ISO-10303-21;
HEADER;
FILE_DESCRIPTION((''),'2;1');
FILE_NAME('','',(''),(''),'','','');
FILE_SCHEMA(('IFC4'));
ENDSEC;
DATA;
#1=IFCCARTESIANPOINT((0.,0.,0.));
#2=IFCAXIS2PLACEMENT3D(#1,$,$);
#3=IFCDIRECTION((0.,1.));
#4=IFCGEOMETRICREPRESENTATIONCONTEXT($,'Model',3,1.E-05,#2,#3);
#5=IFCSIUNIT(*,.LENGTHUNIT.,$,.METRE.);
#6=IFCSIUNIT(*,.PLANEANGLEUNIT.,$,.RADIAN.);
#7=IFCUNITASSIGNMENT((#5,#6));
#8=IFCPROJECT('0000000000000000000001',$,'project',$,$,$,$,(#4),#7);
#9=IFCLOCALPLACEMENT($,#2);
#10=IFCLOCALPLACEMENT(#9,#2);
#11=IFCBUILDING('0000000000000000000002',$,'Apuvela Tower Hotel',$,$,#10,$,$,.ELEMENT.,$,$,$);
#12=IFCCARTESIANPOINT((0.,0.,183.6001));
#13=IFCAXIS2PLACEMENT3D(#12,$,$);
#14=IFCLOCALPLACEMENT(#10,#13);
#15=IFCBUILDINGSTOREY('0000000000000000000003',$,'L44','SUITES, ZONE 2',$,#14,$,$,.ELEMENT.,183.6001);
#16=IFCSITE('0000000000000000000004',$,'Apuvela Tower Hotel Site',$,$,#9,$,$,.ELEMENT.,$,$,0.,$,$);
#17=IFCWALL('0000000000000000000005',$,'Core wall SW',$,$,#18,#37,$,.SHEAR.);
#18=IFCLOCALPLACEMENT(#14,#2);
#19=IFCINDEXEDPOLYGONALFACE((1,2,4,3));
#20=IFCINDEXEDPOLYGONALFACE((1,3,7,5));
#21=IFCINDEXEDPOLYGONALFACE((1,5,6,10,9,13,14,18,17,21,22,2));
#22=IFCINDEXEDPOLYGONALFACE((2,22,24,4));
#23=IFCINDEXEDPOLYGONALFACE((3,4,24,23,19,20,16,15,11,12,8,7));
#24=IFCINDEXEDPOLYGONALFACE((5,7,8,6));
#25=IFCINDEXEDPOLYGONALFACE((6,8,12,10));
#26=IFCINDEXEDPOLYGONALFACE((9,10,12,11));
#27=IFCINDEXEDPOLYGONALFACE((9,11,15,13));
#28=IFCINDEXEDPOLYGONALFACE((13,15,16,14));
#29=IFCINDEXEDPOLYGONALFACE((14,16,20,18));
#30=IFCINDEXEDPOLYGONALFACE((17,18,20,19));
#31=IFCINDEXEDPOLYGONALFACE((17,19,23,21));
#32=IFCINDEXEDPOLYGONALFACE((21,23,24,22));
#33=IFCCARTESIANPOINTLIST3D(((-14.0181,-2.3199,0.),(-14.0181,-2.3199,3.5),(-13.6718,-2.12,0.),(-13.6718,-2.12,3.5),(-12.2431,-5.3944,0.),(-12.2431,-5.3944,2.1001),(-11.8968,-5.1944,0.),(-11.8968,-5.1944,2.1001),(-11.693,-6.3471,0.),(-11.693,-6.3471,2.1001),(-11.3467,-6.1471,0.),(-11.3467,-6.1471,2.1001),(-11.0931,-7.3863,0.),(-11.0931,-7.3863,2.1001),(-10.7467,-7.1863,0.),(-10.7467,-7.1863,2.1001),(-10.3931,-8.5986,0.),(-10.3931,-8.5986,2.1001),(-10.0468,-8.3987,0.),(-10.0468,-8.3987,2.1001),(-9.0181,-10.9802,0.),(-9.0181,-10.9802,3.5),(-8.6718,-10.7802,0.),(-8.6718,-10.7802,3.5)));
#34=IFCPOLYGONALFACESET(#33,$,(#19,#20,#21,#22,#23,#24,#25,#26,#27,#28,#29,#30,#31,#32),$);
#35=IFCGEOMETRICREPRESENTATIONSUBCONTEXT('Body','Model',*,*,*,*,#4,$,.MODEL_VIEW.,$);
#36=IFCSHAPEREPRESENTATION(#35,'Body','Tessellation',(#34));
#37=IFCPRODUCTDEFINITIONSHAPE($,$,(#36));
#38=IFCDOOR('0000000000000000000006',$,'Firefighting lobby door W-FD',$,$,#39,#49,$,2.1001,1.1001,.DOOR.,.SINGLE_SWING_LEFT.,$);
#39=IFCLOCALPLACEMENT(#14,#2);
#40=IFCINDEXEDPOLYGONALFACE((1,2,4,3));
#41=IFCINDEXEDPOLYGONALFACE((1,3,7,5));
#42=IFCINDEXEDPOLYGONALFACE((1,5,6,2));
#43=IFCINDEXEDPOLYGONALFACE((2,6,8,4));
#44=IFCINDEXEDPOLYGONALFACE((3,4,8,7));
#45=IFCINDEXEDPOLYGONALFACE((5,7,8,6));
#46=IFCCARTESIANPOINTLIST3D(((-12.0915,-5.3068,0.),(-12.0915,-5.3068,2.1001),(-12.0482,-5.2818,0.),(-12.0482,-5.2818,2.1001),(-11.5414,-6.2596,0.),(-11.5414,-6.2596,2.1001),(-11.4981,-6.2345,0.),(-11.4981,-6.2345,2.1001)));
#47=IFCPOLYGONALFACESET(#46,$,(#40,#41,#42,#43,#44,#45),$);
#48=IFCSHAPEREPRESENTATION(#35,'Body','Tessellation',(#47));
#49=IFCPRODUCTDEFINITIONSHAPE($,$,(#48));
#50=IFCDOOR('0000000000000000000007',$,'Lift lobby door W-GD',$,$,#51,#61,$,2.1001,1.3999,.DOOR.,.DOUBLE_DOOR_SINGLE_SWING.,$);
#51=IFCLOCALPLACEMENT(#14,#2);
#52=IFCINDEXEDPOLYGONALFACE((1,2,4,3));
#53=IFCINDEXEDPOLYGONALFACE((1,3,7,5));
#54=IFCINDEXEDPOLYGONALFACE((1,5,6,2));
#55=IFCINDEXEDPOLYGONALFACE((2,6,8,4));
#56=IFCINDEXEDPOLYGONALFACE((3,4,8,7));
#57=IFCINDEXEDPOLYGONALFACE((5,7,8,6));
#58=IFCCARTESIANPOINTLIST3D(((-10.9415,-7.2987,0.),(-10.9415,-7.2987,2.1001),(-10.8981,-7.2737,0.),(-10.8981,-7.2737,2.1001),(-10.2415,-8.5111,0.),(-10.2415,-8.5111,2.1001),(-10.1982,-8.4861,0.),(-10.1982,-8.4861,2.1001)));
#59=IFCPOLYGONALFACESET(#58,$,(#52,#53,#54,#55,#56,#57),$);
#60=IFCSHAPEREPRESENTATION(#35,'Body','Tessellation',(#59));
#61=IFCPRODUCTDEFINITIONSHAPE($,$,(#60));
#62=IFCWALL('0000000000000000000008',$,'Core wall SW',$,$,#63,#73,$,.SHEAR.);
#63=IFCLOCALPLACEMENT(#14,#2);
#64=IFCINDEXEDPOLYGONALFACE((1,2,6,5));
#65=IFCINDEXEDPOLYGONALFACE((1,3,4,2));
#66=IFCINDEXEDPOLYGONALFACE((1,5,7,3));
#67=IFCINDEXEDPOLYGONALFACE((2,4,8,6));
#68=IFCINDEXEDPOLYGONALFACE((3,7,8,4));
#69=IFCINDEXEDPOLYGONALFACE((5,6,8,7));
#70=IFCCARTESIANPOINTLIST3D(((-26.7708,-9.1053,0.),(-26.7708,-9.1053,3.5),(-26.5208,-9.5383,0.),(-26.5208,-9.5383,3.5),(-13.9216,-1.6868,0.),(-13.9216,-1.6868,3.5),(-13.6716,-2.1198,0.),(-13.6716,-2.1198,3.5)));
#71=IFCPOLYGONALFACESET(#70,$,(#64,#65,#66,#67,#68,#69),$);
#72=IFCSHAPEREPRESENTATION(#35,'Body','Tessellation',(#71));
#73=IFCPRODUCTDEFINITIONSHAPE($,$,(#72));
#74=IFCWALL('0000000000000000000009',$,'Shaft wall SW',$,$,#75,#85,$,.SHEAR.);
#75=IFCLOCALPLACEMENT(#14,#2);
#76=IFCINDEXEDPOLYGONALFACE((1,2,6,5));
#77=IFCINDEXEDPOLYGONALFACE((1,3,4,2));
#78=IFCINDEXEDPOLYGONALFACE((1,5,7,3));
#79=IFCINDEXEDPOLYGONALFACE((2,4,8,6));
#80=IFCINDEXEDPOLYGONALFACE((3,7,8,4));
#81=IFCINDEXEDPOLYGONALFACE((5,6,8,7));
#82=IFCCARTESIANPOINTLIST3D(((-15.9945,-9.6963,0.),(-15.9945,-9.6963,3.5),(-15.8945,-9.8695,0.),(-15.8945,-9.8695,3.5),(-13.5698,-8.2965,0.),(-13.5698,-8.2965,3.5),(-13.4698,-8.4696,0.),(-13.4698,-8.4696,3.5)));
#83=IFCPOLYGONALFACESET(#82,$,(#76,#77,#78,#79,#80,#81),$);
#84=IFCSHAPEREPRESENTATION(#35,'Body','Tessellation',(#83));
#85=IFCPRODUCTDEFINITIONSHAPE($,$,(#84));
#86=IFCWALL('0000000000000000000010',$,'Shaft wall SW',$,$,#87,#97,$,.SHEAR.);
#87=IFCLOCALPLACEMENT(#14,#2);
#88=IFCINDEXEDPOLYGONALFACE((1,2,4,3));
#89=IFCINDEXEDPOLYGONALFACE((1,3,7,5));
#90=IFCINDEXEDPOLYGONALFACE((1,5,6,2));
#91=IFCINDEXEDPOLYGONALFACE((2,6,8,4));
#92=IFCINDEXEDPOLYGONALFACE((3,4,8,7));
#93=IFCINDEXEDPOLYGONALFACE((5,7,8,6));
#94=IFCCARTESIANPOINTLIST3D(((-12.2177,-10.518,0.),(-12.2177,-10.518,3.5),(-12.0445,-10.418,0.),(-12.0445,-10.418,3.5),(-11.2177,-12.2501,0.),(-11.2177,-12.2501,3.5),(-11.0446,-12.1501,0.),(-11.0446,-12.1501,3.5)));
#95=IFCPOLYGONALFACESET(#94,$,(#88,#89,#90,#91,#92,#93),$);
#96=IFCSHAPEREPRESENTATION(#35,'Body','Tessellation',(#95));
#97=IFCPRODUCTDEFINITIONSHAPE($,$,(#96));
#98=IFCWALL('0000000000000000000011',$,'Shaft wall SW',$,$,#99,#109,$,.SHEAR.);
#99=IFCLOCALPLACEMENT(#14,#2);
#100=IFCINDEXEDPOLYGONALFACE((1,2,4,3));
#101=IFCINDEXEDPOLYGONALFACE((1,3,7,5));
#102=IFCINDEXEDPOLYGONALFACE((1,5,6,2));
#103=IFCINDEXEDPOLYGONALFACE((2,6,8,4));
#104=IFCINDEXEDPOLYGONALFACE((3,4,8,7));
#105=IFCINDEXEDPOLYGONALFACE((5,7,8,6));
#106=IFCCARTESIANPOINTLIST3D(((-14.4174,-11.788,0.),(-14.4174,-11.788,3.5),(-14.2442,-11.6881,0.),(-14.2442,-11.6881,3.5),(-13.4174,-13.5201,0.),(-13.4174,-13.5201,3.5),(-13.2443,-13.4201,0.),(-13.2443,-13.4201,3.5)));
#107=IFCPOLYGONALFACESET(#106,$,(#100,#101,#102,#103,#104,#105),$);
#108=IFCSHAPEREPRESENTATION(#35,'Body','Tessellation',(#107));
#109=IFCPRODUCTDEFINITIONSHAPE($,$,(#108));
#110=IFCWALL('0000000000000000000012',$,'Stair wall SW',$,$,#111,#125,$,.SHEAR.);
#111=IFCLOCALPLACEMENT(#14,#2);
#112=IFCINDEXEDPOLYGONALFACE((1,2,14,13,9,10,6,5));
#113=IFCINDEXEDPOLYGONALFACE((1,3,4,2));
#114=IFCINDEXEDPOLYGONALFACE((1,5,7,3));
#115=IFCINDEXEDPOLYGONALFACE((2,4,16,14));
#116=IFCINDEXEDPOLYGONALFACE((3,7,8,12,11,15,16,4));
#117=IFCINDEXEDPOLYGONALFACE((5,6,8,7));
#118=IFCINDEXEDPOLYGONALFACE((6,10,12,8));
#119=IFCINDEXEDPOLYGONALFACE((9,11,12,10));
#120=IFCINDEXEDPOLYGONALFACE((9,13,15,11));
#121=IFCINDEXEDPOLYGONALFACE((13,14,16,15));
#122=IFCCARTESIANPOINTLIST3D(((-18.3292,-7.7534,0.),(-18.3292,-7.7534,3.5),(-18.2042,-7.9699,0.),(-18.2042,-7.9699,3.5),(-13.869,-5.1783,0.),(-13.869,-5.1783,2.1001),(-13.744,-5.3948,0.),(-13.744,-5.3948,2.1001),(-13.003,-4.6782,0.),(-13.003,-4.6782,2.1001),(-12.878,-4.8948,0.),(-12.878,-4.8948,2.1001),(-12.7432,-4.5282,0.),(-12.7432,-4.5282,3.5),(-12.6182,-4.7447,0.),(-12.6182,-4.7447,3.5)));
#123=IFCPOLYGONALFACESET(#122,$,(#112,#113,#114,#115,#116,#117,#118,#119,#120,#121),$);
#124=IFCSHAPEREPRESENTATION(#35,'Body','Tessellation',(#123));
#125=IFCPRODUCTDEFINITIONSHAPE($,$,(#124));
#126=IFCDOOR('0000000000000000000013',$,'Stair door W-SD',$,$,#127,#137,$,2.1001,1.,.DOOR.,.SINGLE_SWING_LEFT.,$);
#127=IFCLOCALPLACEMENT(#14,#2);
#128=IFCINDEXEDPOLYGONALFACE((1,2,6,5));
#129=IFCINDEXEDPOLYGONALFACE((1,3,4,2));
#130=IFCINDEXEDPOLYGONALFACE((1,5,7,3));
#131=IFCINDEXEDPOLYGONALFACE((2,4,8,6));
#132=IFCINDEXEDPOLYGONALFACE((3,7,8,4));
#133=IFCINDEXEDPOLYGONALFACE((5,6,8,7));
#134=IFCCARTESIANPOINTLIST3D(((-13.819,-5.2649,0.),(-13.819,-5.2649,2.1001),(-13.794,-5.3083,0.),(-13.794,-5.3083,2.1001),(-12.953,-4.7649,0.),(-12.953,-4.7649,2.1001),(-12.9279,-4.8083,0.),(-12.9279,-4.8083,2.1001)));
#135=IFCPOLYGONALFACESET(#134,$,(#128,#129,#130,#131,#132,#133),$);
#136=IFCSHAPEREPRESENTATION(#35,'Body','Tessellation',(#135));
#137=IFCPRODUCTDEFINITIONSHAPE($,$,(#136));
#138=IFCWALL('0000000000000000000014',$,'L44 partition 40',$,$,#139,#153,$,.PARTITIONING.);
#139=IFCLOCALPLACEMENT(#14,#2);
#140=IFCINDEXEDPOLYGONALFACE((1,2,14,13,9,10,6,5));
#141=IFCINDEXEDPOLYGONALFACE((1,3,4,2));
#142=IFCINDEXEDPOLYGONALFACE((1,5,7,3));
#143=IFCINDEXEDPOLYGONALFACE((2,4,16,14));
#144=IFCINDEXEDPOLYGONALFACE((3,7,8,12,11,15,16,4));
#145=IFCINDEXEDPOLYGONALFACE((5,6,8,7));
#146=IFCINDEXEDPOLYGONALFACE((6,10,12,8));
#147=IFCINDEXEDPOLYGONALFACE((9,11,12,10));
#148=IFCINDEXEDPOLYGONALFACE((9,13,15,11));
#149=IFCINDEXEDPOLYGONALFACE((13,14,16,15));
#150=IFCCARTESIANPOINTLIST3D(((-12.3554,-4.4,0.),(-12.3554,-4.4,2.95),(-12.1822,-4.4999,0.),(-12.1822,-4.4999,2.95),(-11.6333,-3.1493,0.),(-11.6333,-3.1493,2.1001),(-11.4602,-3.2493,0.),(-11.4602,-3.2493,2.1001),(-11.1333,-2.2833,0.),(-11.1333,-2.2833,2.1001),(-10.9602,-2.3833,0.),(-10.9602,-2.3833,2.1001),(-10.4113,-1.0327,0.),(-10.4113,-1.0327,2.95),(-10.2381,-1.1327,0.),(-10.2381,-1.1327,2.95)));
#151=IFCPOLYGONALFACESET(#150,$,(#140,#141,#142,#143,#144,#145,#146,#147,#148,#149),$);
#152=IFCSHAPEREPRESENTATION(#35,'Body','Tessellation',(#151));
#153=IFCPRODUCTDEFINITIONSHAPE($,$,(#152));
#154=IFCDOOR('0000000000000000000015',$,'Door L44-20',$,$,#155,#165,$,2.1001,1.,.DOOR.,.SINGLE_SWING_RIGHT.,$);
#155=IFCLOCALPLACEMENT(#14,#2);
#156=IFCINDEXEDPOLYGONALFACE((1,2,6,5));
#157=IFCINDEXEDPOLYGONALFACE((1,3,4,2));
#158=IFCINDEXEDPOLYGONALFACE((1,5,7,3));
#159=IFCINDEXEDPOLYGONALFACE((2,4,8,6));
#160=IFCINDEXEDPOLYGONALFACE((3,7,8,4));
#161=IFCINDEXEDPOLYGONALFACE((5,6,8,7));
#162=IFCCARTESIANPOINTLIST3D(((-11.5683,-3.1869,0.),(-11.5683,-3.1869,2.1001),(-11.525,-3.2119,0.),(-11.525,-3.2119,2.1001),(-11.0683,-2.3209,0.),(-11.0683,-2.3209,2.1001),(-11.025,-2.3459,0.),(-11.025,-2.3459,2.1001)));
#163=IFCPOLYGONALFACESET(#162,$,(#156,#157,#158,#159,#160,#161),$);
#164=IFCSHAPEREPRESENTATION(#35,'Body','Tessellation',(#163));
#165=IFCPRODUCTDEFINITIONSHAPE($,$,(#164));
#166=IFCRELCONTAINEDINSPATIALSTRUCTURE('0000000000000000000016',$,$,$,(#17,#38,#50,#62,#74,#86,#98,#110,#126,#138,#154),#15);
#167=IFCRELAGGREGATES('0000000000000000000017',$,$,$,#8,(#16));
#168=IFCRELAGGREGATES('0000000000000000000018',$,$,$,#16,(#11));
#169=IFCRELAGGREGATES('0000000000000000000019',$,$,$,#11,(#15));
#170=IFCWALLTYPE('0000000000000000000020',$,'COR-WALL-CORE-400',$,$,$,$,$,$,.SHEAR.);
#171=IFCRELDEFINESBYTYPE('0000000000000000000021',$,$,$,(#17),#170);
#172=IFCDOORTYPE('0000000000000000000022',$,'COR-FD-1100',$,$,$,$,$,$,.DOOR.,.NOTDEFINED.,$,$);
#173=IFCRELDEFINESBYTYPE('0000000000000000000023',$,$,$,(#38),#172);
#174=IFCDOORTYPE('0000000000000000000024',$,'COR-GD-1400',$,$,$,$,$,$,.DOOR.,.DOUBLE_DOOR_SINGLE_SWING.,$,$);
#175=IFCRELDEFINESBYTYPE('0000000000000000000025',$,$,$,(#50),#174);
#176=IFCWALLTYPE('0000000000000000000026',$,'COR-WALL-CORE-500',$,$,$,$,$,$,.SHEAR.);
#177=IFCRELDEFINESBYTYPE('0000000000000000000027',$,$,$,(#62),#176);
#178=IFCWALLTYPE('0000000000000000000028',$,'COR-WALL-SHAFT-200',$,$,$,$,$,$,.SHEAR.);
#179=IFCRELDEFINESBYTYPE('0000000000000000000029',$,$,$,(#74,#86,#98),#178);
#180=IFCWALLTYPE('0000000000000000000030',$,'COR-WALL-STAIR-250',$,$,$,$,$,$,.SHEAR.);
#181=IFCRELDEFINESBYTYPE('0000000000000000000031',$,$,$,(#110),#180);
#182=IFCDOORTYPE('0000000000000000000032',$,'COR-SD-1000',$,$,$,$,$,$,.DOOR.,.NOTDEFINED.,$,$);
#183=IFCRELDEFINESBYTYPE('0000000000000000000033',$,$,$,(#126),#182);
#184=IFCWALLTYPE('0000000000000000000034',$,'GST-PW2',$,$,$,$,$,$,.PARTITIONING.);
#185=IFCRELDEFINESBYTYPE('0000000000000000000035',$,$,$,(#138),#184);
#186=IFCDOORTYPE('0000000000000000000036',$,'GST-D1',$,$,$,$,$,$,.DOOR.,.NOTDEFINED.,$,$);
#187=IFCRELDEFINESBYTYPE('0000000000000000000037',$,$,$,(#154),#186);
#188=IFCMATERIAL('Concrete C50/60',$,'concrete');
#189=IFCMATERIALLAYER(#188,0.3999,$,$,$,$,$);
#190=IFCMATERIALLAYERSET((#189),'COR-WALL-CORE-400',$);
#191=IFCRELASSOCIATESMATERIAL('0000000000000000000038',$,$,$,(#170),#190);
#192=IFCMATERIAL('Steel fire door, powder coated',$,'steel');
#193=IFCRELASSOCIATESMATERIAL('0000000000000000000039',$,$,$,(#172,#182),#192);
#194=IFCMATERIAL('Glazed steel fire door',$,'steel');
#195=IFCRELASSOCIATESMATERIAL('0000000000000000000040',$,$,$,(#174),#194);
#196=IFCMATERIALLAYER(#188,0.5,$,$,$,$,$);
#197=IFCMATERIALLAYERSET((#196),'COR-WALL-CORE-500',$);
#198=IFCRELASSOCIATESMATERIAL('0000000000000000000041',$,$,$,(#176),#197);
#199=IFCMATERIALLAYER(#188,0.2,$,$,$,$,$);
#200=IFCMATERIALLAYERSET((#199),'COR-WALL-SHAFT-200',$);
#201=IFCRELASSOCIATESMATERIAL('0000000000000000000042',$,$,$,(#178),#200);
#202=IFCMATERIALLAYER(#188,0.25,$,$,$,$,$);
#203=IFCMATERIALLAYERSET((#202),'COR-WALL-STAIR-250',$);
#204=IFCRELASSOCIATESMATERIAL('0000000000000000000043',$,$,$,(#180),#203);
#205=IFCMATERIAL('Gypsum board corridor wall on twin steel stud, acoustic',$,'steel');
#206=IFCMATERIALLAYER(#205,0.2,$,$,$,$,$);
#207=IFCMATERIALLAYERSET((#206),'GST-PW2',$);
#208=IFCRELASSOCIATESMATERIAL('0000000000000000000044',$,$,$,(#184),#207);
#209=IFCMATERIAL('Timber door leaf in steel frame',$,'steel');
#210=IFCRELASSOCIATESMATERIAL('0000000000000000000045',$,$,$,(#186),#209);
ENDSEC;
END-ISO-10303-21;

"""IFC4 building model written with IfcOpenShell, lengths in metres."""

from ifc_helpers import new_model, si_unit, direction, frame, frame_2d, origin, place, context, subcontext, project, spatial, rectangle, extrude, material, layer, layer_set, type_object, element, fill, save


model = new_model("IFC4")

# Units and contexts
model_context = context("Model", 3, precision=1e-05, world=origin(), true_north=direction((0.0, 1.0)))
body_context = subcontext(model_context, "Body", "Model", "MODEL_VIEW")
ifc_project = project(units=[si_unit("LENGTHUNIT", "METRE"), si_unit("PLANEANGLEUNIT", "RADIAN")], contexts=[model_context])

# Site, building, storey
site_placement = place(None, origin())
site = spatial("IfcSite", under=ifc_project, at=site_placement, Name="Apuvela Tower Hotel Site", CompositionType="ELEMENT", RefElevation=0.0)
building_placement = place(site_placement, origin())
building = spatial("IfcBuilding", under=site, at=building_placement, Name="Apuvela Tower Hotel", CompositionType="ELEMENT")
storey_placement = place(building_placement, frame((0.0, 0.0, 183.6001)))
storey = spatial("IfcBuildingStorey", under=building, at=storey_placement, Name="L44", Description="SUITES, ZONE 2", CompositionType="ELEMENT", Elevation=183.6001)

# Wall, openings, doors
ifc_material_1 = material(Name="Concrete C50/60", Category="concrete")
ifc_layer_1 = layer(ifc_material_1, 0.3999)
ifc_layer_set_1 = layer_set([ifc_layer_1], Name="COR-WALL-CORE-400")
wall_type_1 = type_object("IfcWallType", Name="COR-WALL-CORE-400", PredefinedType="SHEAR", material=ifc_layer_set_1)
wall_1_placement = place(storey_placement, frame((-13.845, -2.22, 0.0), z_axis=(0.0, 0.0, 1.0), x_axis=(0.500004, -0.866023, 0.0)))
wall_1 = element("IfcWall", 1, at=wall_1_placement, inside=storey, type_object=wall_type_1, Name="Core wall SW", PredefinedType="SHEAR", context=body_context, shape_type="SweptSolid", body=[
    extrude(rectangle(XDim=10.0, YDim=0.3999, at=frame_2d((5.0, 0.0))), origin(), (0.0, 0.0, 1.0), 3.5),
])
opening_1_placement = place(wall_1_placement, frame((3.55, 0.0, 0.0)))
opening_1 = element("IfcOpeningElement", 2, at=opening_1_placement, cuts=wall_1, PredefinedType="OPENING", context=body_context, shape_type="SweptSolid", body=[
    extrude(rectangle(XDim=1.1001, YDim=2.1001, at=frame_2d((0.55, 1.05))), frame((0.0, 0.21, 0.0), z_axis=(0.0, -1.0, 0.0), x_axis=(1.0, 0.0, 0.0)), (0.0, 0.0, 1.0), 0.4199),
])
opening_2_placement = place(wall_1_placement, frame((5.8501, 0.0, 0.0)))
opening_2 = element("IfcOpeningElement", 3, at=opening_2_placement, cuts=wall_1, PredefinedType="OPENING", context=body_context, shape_type="SweptSolid", body=[
    extrude(rectangle(XDim=1.3999, YDim=2.1001, at=frame_2d((0.7, 1.05))), frame((0.0, 0.21, 0.0), z_axis=(0.0, -1.0, 0.0), x_axis=(1.0, 0.0, 0.0)), (0.0, 0.0, 1.0), 0.4199),
])
ifc_material_2 = material(Name="Steel fire door, powder coated", Category="steel")
door_type_1 = type_object("IfcDoorType", Name="COR-FD-1100", OperationType="NOTDEFINED", PredefinedType="DOOR", material=ifc_material_2)
door_1_placement = place(opening_1_placement, frame((1.1001, 0.0, 0.0), z_axis=(0.0, 0.0, 1.0), x_axis=(-1.0, 0.0, 0.0)))
door_1 = element("IfcDoor", 4, at=door_1_placement, inside=storey, type_object=door_type_1, Name="Firefighting lobby door W-FD", OperationType="SINGLE_SWING_LEFT", OverallHeight=2.1001, OverallWidth=1.1001, PredefinedType="DOOR", context=body_context, shape_type="SweptSolid", body=[
    extrude(rectangle(XDim=1.1001, YDim=2.1001, at=frame_2d((0.55, 1.05))), frame((0.0, 0.0249, 0.0), z_axis=(0.0, -1.0, 0.0), x_axis=(1.0, 0.0, 0.0)), (0.0, 0.0, 1.0), 0.05),
])
fill(opening_1, door_1)
ifc_material_3 = material(Name="Glazed steel fire door", Category="steel")
door_type_2 = type_object("IfcDoorType", Name="COR-GD-1400", OperationType="DOUBLE_DOOR_SINGLE_SWING", PredefinedType="DOOR", material=ifc_material_3)
door_2_placement = place(opening_2_placement, frame((1.3999, 0.0, 0.0), z_axis=(0.0, 0.0, 1.0), x_axis=(-1.0, 0.0, 0.0)))
door_2 = element("IfcDoor", 5, at=door_2_placement, inside=storey, type_object=door_type_2, Name="Lift lobby door W-GD", OperationType="DOUBLE_DOOR_SINGLE_SWING", OverallHeight=2.1001, OverallWidth=1.3999, PredefinedType="DOOR", context=body_context, shape_type="SweptSolid", body=[
    extrude(rectangle(XDim=1.3999, YDim=2.1001, at=frame_2d((0.7, 1.05))), frame((0.0, 0.0249, 0.0), z_axis=(0.0, -1.0, 0.0), x_axis=(1.0, 0.0, 0.0)), (0.0, 0.0, 1.0), 0.05),
])
fill(opening_2, door_2)

# Walls
ifc_layer_2 = layer(ifc_material_1, 0.5)
ifc_layer_set_2 = layer_set([ifc_layer_2], Name="COR-WALL-CORE-500")
wall_type_2 = type_object("IfcWallType", Name="COR-WALL-CORE-500", PredefinedType="SHEAR", material=ifc_layer_set_2)
wall_2_placement = place(storey_placement, frame((-13.7966, -1.9033, 0.0), z_axis=(0.0, 0.0, 1.0), x_axis=(-0.866025, -0.500001, 0.0)))
element("IfcWall", 6, at=wall_2_placement, inside=storey, type_object=wall_type_2, Name="Core wall SW", PredefinedType="SHEAR", context=body_context, shape_type="SweptSolid", body=[
    extrude(rectangle(XDim=14.8369, YDim=0.5, at=frame_2d((7.4185, 0.0))), origin(), (0.0, 0.0, 1.0), 3.5),
])
ifc_layer_3 = layer(ifc_material_1, 0.2)
ifc_layer_set_3 = layer_set([ifc_layer_3], Name="COR-WALL-SHAFT-200")
wall_type_3 = type_object("IfcWallType", Name="COR-WALL-SHAFT-200", PredefinedType="SHEAR", material=ifc_layer_set_3)
wall_3_placement = place(storey_placement, frame((-13.5198, -8.3831, 0.0), z_axis=(0.0, 0.0, 1.0), x_axis=(-0.866035, -0.499984, 0.0)))
element("IfcWall", 7, at=wall_3_placement, inside=storey, type_object=wall_type_3, Name="Shaft wall SW", PredefinedType="SHEAR", context=body_context, shape_type="SweptSolid", body=[
    extrude(rectangle(XDim=2.7998, YDim=0.2, at=frame_2d((1.3999, 0.0))), origin(), (0.0, 0.0, 1.0), 3.5),
])
for number, where, z_axis, x_axis, name in (
    (8, (-12.1311, -10.468, 0.0), (0.0, 0.0, 1.0), (0.499973, -0.866041, 0.0), "Shaft wall SW"),
    (9, (-14.3308, -11.738, 0.0), (0.0, 0.0, 1.0), (0.499973, -0.866041, 0.0), "Shaft wall SW"),
):
    element("IfcWall", number, at=place(storey_placement, frame(where, z_axis=z_axis, x_axis=x_axis)), inside=storey, type_object=wall_type_3, Name=name, PredefinedType="SHEAR", context=body_context, shape_type="SweptSolid", body=[
        extrude(rectangle(XDim=2.0, YDim=0.2, at=frame_2d((1.0, 0.0))), origin(), (0.0, 0.0, 1.0), 3.5),
    ])

# Walls, openings, doors
ifc_layer_4 = layer(ifc_material_1, 0.25)
ifc_layer_set_4 = layer_set([ifc_layer_4], Name="COR-WALL-STAIR-250")
wall_type_4 = type_object("IfcWallType", Name="COR-WALL-STAIR-250", PredefinedType="SHEAR", material=ifc_layer_set_4)
wall_4_placement = place(storey_placement, frame((-12.6807, -4.6365, 0.0), z_axis=(0.0, 0.0, 1.0), x_axis=(-0.866022, -0.500006, 0.0)))
wall_4 = element("IfcWall", 10, at=wall_4_placement, inside=storey, type_object=wall_type_4, Name="Stair wall SW", PredefinedType="SHEAR", context=body_context, shape_type="SweptSolid", body=[
    extrude(rectangle(XDim=6.4502, YDim=0.25, at=frame_2d((3.2251, 0.0))), origin(), (0.0, 0.0, 1.0), 3.5),
])
opening_3_placement = place(wall_4_placement, frame((0.3, 0.0, 0.0)))
opening_3 = element("IfcOpeningElement", 11, at=opening_3_placement, cuts=wall_4, PredefinedType="OPENING", context=body_context, shape_type="SweptSolid", body=[
    extrude(rectangle(XDim=1.0, YDim=2.1001, at=frame_2d((0.5, 1.05))), frame((0.0, 0.135, 0.0), z_axis=(0.0, -1.0, 0.0), x_axis=(1.0, 0.0, 0.0)), (0.0, 0.0, 1.0), 0.27),
])
door_type_3 = type_object("IfcDoorType", Name="COR-SD-1000", OperationType="NOTDEFINED", PredefinedType="DOOR", material=ifc_material_2)
door_3_placement = place(opening_3_placement, frame((1.0, 0.0, 0.0), z_axis=(0.0, 0.0, 1.0), x_axis=(-1.0, 0.0, 0.0)))
door_3 = element("IfcDoor", 12, at=door_3_placement, inside=storey, type_object=door_type_3, Name="Stair door W-SD", OperationType="SINGLE_SWING_LEFT", OverallHeight=2.1001, OverallWidth=1.0, PredefinedType="DOOR", context=body_context, shape_type="SweptSolid", body=[
    extrude(rectangle(XDim=1.0, YDim=2.1001, at=frame_2d((0.5, 1.05))), frame((0.0, 0.0249, 0.0), z_axis=(0.0, -1.0, 0.0), x_axis=(1.0, 0.0, 0.0)), (0.0, 0.0, 1.0), 0.05),
])
fill(opening_3, door_3)
ifc_material_4 = material(Name="Gypsum board corridor wall on twin steel stud, acoustic", Category="steel")
ifc_layer_5 = layer(ifc_material_4, 0.2)
ifc_layer_set_5 = layer_set([ifc_layer_5], Name="GST-PW2")
wall_type_5 = type_object("IfcWallType", Name="GST-PW2", PredefinedType="PARTITIONING", material=ifc_layer_set_5)
wall_5_placement = place(storey_placement, frame((-12.2688, -4.45, 0.0), z_axis=(0.0, 0.0, 1.0), x_axis=(0.500009, 0.86602, 0.0)))
wall_5 = element("IfcWall", 13, at=wall_5_placement, inside=storey, type_object=wall_type_5, Name="L44 partition 40", PredefinedType="PARTITIONING", context=body_context, shape_type="SweptSolid", body=[
    extrude(rectangle(XDim=3.8882, YDim=0.2, at=frame_2d((1.9441, 0.0))), origin(), (0.0, 0.0, 1.0), 2.95),
])
opening_4_placement = place(wall_5_placement, frame((1.4441, 0.0, 0.0)))
opening_4 = element("IfcOpeningElement", 14, at=opening_4_placement, cuts=wall_5, PredefinedType="OPENING", context=body_context, shape_type="SweptSolid", body=[
    extrude(rectangle(XDim=1.0, YDim=2.1001, at=frame_2d((0.5, 1.05))), frame((0.0, 0.1099, 0.0), z_axis=(0.0, -1.0, 0.0), x_axis=(1.0, 0.0, 0.0)), (0.0, 0.0, 1.0), 0.22),
])
ifc_material_5 = material(Name="Timber door leaf in steel frame", Category="steel")
door_type_4 = type_object("IfcDoorType", Name="GST-D1", OperationType="NOTDEFINED", PredefinedType="DOOR", material=ifc_material_5)
door_4_placement = place(opening_4_placement, origin())
door_4 = element("IfcDoor", 15, at=door_4_placement, inside=storey, type_object=door_type_4, Name="Door L44-20", OperationType="SINGLE_SWING_RIGHT", OverallHeight=2.1001, OverallWidth=1.0, PredefinedType="DOOR", context=body_context, shape_type="SweptSolid", body=[
    extrude(rectangle(XDim=1.0, YDim=2.1001, at=frame_2d((0.5, 1.05))), frame((0.0, 0.0249, 0.0), z_axis=(0.0, -1.0, 0.0), x_axis=(1.0, 0.0, 0.0)), (0.0, 0.0, 1.0), 0.05),
])
fill(opening_4, door_4)

save(model, "model.ifc")
